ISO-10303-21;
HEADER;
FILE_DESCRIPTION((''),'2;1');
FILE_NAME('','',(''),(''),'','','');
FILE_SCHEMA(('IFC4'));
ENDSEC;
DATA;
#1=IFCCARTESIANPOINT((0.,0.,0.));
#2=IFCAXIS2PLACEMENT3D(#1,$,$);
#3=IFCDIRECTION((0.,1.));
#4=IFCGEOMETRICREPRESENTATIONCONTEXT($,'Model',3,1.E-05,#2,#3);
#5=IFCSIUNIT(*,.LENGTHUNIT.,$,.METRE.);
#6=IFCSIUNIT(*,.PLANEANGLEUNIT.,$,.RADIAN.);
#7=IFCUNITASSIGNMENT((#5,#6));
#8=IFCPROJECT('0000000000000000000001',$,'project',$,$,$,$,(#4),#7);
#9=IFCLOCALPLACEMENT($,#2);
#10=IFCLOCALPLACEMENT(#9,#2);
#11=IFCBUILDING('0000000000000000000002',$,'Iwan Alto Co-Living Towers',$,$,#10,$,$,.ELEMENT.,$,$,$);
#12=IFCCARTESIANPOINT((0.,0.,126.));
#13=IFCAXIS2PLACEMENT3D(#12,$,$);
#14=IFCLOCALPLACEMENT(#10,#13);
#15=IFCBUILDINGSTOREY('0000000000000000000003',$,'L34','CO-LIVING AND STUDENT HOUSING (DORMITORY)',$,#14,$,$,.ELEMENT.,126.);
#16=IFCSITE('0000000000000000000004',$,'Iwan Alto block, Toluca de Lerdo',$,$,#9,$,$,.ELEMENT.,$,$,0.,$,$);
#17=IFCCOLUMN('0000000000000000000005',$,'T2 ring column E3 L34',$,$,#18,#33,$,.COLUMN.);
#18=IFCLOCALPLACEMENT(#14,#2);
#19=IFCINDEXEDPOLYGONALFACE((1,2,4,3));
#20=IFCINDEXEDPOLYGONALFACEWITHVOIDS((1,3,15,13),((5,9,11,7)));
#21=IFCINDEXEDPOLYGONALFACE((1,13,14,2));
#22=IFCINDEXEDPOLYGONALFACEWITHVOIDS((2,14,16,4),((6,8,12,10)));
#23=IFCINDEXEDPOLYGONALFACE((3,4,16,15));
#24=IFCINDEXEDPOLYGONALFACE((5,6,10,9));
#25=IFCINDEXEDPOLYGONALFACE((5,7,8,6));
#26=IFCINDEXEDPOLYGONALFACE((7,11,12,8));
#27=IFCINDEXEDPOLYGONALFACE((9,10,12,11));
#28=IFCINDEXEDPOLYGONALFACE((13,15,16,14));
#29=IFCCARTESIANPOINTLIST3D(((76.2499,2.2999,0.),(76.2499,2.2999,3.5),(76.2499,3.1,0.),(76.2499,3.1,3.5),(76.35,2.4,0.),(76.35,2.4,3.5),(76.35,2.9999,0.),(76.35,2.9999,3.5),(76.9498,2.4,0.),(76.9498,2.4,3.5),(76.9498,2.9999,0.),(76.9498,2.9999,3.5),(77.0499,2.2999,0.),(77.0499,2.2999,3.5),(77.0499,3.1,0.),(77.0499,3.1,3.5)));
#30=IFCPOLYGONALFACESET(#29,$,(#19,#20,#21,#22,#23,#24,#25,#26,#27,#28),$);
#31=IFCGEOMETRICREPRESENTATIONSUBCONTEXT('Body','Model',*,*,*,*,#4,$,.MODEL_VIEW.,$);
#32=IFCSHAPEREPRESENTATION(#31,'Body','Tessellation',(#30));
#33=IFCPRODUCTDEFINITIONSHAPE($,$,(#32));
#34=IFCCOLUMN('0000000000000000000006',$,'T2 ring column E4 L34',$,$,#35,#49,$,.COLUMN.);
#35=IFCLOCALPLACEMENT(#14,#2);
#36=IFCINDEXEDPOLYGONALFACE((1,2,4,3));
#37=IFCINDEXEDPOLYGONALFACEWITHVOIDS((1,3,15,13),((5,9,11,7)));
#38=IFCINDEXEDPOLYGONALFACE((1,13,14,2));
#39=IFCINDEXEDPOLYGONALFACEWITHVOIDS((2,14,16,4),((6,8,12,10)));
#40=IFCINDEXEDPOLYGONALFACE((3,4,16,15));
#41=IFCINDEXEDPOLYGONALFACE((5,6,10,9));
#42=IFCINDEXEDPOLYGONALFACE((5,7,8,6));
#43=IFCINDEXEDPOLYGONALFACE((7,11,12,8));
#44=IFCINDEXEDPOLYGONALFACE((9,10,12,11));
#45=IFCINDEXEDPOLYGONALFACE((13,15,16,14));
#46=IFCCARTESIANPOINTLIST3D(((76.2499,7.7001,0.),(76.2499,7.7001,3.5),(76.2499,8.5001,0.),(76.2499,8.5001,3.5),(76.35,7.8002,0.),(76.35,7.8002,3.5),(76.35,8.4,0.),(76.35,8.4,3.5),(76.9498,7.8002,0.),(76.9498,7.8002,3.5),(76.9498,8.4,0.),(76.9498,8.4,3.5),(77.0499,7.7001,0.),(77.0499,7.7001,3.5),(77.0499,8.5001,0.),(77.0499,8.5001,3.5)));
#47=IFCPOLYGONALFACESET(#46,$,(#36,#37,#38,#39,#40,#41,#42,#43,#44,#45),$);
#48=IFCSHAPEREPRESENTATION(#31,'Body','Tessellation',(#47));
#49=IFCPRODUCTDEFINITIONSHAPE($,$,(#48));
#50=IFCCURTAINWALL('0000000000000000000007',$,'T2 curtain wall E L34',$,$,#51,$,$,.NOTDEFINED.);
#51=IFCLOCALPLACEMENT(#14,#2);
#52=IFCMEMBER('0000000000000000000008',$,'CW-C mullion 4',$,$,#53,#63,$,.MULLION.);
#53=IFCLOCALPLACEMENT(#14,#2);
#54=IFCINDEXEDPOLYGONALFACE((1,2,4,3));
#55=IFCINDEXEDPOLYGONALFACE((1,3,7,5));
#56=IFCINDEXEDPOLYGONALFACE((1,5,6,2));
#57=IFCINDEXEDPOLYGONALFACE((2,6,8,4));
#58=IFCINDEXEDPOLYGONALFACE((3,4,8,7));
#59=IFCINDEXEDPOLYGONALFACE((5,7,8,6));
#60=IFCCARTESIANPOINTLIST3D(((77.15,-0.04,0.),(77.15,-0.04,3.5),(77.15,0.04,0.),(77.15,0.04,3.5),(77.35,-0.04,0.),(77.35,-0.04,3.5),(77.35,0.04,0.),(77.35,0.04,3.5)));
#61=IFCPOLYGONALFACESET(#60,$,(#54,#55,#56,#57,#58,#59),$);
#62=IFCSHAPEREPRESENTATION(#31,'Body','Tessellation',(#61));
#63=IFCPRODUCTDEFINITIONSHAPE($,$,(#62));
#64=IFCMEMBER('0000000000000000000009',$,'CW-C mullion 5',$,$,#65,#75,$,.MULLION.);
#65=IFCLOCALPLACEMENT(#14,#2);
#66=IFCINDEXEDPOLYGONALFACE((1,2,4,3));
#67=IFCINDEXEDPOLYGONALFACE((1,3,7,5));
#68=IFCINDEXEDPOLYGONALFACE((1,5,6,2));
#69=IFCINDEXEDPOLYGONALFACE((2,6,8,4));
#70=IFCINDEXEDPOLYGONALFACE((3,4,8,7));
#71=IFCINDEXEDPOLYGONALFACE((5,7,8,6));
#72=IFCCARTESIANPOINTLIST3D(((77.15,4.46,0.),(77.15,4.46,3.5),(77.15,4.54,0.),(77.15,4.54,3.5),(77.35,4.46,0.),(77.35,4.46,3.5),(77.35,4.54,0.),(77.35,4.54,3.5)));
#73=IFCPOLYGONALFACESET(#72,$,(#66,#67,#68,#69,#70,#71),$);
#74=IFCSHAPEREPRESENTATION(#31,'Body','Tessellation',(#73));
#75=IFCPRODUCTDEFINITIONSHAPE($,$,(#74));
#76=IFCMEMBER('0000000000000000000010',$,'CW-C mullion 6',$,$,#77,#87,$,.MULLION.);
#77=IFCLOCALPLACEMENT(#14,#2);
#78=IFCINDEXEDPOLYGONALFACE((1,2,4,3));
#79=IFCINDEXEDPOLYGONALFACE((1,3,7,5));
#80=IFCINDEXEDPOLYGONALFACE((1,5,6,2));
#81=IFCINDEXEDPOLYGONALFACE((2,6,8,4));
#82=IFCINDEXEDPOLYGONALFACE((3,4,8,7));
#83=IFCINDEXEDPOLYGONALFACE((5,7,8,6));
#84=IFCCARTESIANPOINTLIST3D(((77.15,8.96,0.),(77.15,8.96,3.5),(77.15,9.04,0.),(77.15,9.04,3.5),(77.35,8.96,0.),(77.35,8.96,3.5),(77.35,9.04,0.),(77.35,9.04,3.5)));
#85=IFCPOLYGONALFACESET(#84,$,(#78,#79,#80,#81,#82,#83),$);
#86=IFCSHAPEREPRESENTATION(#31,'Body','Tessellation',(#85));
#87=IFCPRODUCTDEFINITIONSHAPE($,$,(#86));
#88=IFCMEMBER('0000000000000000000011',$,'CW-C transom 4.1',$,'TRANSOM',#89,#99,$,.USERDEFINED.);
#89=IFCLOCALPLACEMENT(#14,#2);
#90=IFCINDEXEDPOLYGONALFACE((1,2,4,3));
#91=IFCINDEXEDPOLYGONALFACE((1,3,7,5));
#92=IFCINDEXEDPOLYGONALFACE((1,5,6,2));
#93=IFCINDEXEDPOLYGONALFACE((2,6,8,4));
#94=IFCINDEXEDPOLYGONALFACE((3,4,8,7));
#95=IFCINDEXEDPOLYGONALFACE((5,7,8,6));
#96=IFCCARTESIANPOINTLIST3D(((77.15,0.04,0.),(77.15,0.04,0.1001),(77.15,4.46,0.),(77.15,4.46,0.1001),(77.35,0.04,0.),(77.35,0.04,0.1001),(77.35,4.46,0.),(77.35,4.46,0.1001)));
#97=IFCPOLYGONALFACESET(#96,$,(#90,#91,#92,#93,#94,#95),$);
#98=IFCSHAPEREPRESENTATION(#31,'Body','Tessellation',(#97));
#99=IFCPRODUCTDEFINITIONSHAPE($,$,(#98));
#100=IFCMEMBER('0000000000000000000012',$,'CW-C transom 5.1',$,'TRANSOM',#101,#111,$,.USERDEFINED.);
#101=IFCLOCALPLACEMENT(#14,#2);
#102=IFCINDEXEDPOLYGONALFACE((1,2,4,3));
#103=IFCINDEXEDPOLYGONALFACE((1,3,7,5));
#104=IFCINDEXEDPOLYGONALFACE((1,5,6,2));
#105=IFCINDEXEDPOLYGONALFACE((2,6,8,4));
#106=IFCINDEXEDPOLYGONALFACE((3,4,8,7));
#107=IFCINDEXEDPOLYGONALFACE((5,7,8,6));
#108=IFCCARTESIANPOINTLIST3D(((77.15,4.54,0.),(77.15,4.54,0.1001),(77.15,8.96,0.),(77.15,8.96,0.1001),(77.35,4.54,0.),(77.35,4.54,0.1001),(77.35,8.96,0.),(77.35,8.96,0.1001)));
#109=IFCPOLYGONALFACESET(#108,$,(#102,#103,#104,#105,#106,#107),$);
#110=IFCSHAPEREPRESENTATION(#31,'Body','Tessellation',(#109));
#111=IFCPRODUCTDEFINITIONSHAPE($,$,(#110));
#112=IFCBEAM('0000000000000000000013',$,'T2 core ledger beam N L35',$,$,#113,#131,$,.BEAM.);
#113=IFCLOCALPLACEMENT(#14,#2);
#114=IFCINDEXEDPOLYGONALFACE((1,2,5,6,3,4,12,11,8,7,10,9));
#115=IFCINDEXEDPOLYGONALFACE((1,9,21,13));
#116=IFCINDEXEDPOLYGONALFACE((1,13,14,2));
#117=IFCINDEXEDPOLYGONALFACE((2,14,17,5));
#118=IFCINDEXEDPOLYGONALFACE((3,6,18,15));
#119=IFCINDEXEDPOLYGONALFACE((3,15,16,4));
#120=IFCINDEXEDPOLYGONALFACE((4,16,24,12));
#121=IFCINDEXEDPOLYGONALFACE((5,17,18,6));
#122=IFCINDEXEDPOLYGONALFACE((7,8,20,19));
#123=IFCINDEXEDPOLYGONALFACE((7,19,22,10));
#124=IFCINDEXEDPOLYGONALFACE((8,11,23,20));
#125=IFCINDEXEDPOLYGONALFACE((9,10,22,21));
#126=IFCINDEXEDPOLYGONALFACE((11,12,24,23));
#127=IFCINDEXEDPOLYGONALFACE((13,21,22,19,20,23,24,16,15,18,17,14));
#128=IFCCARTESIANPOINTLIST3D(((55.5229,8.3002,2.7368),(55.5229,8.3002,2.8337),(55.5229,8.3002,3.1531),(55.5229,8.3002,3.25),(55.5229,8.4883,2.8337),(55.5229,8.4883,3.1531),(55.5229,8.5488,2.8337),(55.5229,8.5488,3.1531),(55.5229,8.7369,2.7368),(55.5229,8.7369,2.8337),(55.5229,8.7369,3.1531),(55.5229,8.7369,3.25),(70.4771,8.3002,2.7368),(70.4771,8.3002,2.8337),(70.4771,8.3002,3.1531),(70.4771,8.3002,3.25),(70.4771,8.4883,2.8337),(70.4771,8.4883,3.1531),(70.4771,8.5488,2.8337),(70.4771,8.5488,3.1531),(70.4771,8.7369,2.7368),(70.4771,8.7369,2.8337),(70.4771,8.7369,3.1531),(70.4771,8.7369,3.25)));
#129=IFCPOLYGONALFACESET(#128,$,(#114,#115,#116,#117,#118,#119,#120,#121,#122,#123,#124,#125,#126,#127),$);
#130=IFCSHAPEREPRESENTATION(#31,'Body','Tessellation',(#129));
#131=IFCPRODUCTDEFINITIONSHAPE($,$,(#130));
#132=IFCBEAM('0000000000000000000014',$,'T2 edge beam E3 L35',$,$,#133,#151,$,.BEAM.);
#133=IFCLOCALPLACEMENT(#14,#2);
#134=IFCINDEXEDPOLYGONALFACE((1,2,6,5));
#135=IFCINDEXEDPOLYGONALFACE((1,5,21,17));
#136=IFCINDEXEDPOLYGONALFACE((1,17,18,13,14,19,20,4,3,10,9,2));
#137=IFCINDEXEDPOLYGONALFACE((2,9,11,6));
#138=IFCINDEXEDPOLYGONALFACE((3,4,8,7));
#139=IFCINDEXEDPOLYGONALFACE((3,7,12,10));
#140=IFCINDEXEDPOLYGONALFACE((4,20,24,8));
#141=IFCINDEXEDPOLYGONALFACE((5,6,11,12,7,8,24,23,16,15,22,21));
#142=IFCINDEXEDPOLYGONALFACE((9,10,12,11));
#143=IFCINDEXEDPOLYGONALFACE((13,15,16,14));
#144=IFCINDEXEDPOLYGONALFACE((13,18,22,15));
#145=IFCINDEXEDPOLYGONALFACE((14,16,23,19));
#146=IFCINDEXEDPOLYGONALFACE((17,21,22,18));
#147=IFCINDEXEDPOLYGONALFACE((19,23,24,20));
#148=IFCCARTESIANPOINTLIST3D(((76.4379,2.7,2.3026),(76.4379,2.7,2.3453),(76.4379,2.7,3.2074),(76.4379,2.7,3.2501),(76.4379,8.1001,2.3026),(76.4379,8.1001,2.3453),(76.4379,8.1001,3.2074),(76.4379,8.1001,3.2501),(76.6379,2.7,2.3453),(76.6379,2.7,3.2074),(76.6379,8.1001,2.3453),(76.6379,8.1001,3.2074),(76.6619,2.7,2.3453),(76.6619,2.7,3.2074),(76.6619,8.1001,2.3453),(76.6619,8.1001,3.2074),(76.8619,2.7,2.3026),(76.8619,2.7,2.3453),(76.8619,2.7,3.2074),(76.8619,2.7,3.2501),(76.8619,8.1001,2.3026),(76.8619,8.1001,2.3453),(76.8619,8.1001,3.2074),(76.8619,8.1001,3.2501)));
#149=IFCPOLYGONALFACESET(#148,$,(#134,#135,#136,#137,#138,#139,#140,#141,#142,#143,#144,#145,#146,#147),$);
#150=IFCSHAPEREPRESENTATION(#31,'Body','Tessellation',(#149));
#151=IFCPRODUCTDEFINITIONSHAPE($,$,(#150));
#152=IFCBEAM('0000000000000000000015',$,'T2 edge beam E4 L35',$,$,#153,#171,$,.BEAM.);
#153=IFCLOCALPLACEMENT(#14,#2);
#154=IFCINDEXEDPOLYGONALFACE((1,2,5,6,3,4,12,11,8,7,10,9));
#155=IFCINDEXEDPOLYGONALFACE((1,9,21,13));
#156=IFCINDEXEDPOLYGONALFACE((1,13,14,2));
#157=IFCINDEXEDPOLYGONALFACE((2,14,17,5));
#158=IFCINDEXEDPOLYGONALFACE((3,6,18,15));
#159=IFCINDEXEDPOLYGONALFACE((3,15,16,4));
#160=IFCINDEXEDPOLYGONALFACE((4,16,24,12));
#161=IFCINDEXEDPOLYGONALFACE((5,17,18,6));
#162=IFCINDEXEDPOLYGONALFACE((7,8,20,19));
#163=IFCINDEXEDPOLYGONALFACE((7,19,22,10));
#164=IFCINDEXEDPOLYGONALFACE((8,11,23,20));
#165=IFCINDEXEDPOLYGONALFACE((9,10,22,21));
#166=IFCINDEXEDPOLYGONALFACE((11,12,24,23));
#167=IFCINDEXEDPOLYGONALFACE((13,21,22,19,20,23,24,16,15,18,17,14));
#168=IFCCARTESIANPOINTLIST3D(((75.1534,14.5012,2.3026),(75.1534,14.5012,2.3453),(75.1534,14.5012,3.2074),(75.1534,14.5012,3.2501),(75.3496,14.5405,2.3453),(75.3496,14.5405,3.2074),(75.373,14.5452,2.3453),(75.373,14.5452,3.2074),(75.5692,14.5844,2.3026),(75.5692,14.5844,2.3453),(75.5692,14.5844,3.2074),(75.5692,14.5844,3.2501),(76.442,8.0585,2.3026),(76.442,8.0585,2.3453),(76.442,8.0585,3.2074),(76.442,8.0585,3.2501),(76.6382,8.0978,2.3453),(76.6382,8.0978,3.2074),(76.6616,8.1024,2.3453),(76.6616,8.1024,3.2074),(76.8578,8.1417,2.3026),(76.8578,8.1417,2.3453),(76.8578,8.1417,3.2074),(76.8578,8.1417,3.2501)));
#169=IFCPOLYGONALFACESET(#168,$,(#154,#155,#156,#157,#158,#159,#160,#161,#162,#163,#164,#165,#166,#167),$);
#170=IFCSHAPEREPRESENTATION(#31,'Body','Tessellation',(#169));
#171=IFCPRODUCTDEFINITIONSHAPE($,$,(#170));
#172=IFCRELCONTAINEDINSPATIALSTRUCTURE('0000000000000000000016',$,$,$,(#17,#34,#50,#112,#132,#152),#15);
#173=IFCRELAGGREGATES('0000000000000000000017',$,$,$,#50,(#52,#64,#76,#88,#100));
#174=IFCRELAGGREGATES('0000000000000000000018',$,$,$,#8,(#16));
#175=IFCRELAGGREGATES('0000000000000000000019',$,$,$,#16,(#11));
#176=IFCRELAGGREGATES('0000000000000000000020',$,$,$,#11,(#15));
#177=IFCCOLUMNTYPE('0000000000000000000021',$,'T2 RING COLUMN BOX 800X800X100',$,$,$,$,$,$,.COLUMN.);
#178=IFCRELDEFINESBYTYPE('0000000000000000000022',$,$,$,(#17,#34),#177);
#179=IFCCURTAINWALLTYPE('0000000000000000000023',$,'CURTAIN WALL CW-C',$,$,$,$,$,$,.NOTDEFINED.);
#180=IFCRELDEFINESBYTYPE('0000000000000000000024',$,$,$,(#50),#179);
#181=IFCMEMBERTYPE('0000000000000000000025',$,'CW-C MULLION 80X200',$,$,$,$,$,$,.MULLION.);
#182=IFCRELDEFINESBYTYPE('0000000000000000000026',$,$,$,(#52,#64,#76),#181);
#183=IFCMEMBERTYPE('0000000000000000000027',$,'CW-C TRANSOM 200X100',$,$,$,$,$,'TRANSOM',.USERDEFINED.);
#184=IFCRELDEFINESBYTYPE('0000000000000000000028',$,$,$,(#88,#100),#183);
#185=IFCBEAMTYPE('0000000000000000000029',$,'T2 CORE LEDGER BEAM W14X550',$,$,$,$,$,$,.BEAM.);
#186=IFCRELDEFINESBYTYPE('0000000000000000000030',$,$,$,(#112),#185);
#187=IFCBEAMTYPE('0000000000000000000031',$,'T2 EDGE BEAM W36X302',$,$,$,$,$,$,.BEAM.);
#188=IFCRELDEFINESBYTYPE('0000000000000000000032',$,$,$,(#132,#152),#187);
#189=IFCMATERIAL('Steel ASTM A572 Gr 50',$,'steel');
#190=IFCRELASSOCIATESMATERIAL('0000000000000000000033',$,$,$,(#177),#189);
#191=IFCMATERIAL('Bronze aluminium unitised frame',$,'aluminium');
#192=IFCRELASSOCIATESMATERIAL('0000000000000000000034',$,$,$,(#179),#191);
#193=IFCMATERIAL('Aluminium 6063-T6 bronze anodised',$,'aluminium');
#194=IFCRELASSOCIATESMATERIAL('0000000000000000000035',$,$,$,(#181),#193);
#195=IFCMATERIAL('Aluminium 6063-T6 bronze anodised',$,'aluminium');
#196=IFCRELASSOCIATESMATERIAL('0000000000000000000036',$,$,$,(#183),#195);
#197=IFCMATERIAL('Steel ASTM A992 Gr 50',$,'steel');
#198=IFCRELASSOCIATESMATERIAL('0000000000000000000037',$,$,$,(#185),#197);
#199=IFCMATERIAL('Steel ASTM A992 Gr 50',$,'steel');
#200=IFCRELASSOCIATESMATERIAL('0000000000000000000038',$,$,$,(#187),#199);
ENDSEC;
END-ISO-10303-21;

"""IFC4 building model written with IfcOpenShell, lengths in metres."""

from ifc_helpers import new_model, si_unit, direction, frame, origin, origin_2d, place, context, subcontext, project, spatial, rectangle, hollow_rectangle, i_section, extrude, material, material_profile, profile_set, type_object, element, aggregate, save


model = new_model("IFC4")

# Units and contexts
model_context = context("Model", 3, precision=1e-05, world=origin(), true_north=direction((0.0, 1.0)))
body_context = subcontext(model_context, "Body", "Model", "MODEL_VIEW")
ifc_project = project(units=[si_unit("LENGTHUNIT", "METRE"), si_unit("PLANEANGLEUNIT", "RADIAN")], contexts=[model_context])

# Site, building, storey
site_placement = place(None, origin())
site = spatial("IfcSite", under=ifc_project, at=site_placement, Name="Iwan Alto block, Toluca de Lerdo", CompositionType="ELEMENT", RefElevation=0.0)
building_placement = place(site_placement, origin())
building = spatial("IfcBuilding", under=site, at=building_placement, Name="Iwan Alto Co-Living Towers", CompositionType="ELEMENT")
storey_placement = place(building_placement, frame((0.0, 0.0, 126.0)))
storey = spatial("IfcBuildingStorey", under=building, at=storey_placement, Name="L34", Description="CO-LIVING AND STUDENT HOUSING (DORMITORY)", CompositionType="ELEMENT", Elevation=126.0)

# Columns
ifc_material_1 = material(Name="Steel ASTM A572 Gr 50", Category="steel")
ifc_material_profile_1 = material_profile(ifc_material_1, hollow_rectangle(XDim=0.8, YDim=0.8, WallThickness=0.1001, at=origin_2d()), Name="BOX 800X800X100")
ifc_profile_set_1 = profile_set([ifc_material_profile_1], Name="Steel ASTM A572 Gr 50")
column_type = type_object("IfcColumnType", Name="T2 RING COLUMN BOX 800X800X100", PredefinedType="COLUMN", material=ifc_profile_set_1)
for number, where, z_axis, x_axis, name in (
    (1, (76.6499, 2.7, 0.0), (0.0, 0.0, 1.0), (1.0, 0.0, 0.0), "T2 ring column E3 L34"),
    (2, (76.6499, 8.1001, 0.0), (0.0, 0.0, 1.0), (1.0, 0.0, 0.0), "T2 ring column E4 L34"),
):
    element("IfcColumn", number, at=place(storey_placement, frame(where, z_axis=z_axis, x_axis=x_axis)), inside=storey, type_object=column_type, Name=name, PredefinedType="COLUMN", context=body_context, shape_type="SweptSolid", body=[
        extrude(hollow_rectangle(XDim=0.8, YDim=0.8, WallThickness=0.1001, at=origin_2d()), origin(), (0.0, 0.0, 1.0), 3.5),
    ])

# Curtain wall, members
ifc_material_2 = material(Name="Bronze aluminium unitised frame", Category="aluminium")
curtain_wall_type = type_object("IfcCurtainWallType", Name="CURTAIN WALL CW-C", PredefinedType="NOTDEFINED", material=ifc_material_2)
curtain_wall_placement = place(storey_placement, origin())
curtain_wall = element("IfcCurtainWall", 3, at=curtain_wall_placement, inside=storey, type_object=curtain_wall_type, Name="T2 curtain wall E L34", PredefinedType="NOTDEFINED")
ifc_material_3 = material(Name="Aluminium 6063-T6 bronze anodised", Category="aluminium")
ifc_material_profile_2 = material_profile(ifc_material_3, rectangle(XDim=0.2, YDim=0.0801, at=origin_2d()), Name="AL 80X200")
ifc_profile_set_2 = profile_set([ifc_material_profile_2], Name="Aluminium 6063-T6 bronze anodised")
member_type_1 = type_object("IfcMemberType", Name="CW-C MULLION 80X200", PredefinedType="MULLION", material=ifc_profile_set_2)
member_1_placement = place(storey_placement, frame((77.25, 0.0, 0.0), z_axis=(0.0, 0.0, 1.0), x_axis=(-1.0, 0.0, 0.0)))
member_1 = element("IfcMember", 4, at=member_1_placement, type_object=member_type_1, Name="CW-C mullion 4", PredefinedType="MULLION", context=body_context, shape_type="SweptSolid", body=[
    extrude(rectangle(XDim=0.2, YDim=0.0801, at=origin_2d()), origin(), (0.0, 0.0, 1.0), 3.5),
])
member_2_placement = place(storey_placement, frame((77.25, 4.5, 0.0), z_axis=(0.0, 0.0, 1.0), x_axis=(-1.0, 0.0, 0.0)))
member_2 = element("IfcMember", 5, at=member_2_placement, type_object=member_type_1, Name="CW-C mullion 5", PredefinedType="MULLION", context=body_context, shape_type="SweptSolid", body=[
    extrude(rectangle(XDim=0.2, YDim=0.0801, at=origin_2d()), origin(), (0.0, 0.0, 1.0), 3.5),
])
member_3_placement = place(storey_placement, frame((77.25, 9.0, 0.0), z_axis=(0.0, 0.0, 1.0), x_axis=(-1.0, 0.0, 0.0)))
member_3 = element("IfcMember", 6, at=member_3_placement, type_object=member_type_1, Name="CW-C mullion 6", PredefinedType="MULLION", context=body_context, shape_type="SweptSolid", body=[
    extrude(rectangle(XDim=0.2, YDim=0.0801, at=origin_2d()), origin(), (0.0, 0.0, 1.0), 3.5),
])
ifc_material_4 = material(Name="Aluminium 6063-T6 bronze anodised", Category="aluminium")
ifc_material_profile_3 = material_profile(ifc_material_4, rectangle(XDim=0.2, YDim=0.1001, at=origin_2d()), Name="AL 200X100")
ifc_profile_set_3 = profile_set([ifc_material_profile_3], Name="Aluminium 6063-T6 bronze anodised")
member_type_2 = type_object("IfcMemberType", Name="CW-C TRANSOM 200X100", ElementType="TRANSOM", PredefinedType="USERDEFINED", material=ifc_profile_set_3)
member_4_placement = place(storey_placement, frame((77.25, 0.04, 0.05), z_axis=(0.0, 1.0, 0.0), x_axis=(-1.0, 0.0, 0.0)))
member_4 = element("IfcMember", 7, at=member_4_placement, type_object=member_type_2, Name="CW-C transom 4.1", ObjectType="TRANSOM", PredefinedType="USERDEFINED", context=body_context, shape_type="SweptSolid", body=[
    extrude(rectangle(XDim=0.2, YDim=0.1001, at=origin_2d()), origin(), (0.0, 0.0, 1.0), 4.4199),
])
member_5_placement = place(storey_placement, frame((77.25, 4.54, 0.05), z_axis=(0.0, 1.0, 0.0), x_axis=(-1.0, 0.0, 0.0)))
member_5 = element("IfcMember", 8, at=member_5_placement, type_object=member_type_2, Name="CW-C transom 5.1", ObjectType="TRANSOM", PredefinedType="USERDEFINED", context=body_context, shape_type="SweptSolid", body=[
    extrude(rectangle(XDim=0.2, YDim=0.1001, at=origin_2d()), origin(), (0.0, 0.0, 1.0), 4.4199),
])

# Beams
ifc_material_5 = material(Name="Steel ASTM A992 Gr 50", Category="steel")
ifc_material_profile_4 = material_profile(ifc_material_5, i_section(OverallWidth=0.4368, OverallDepth=0.5132, WebThickness=0.0605, FlangeThickness=0.0969, at=origin_2d()), Name="W14X550")
ifc_profile_set_4 = profile_set([ifc_material_profile_4], Name="Steel ASTM A992 Gr 50")
beam_type_1 = type_object("IfcBeamType", Name="T2 CORE LEDGER BEAM W14X550", PredefinedType="BEAM", material=ifc_profile_set_4)
beam_1_placement = place(storey_placement, frame((70.4771, 8.5186, 2.9934), z_axis=(-1.0, 0.0, 0.0), x_axis=(0.0, -1.0, 0.0)))
element("IfcBeam", 9, at=beam_1_placement, inside=storey, type_object=beam_type_1, Name="T2 core ledger beam N L35", PredefinedType="BEAM", context=body_context, shape_type="SweptSolid", body=[
    extrude(i_section(OverallWidth=0.4368, OverallDepth=0.5132, WebThickness=0.0605, FlangeThickness=0.0969, at=origin_2d()), origin(), (0.0, 0.0, 1.0), 14.9541),
])
ifc_material_6 = material(Name="Steel ASTM A992 Gr 50", Category="steel")
ifc_material_profile_5 = material_profile(ifc_material_6, i_section(OverallWidth=0.4241, OverallDepth=0.9475, WebThickness=0.0239, FlangeThickness=0.0427, at=origin_2d()), Name="W36X302")
ifc_profile_set_5 = profile_set([ifc_material_profile_5], Name="Steel ASTM A992 Gr 50")
beam_type_2 = type_object("IfcBeamType", Name="T2 EDGE BEAM W36X302", PredefinedType="BEAM", material=ifc_profile_set_5)
beam_2_placement = place(storey_placement, frame((76.6499, 2.7, 2.7764), z_axis=(0.0, 1.0, 0.0), x_axis=(-1.0, 0.0, 0.0)))
element("IfcBeam", 10, at=beam_2_placement, inside=storey, type_object=beam_type_2, Name="T2 edge beam E3 L35", PredefinedType="BEAM", context=body_context, shape_type="SweptSolid", body=[
    extrude(i_section(OverallWidth=0.4241, OverallDepth=0.9475, WebThickness=0.0239, FlangeThickness=0.0427, at=origin_2d()), origin(), (0.0, 0.0, 1.0), 5.4001),
])
beam_3_placement = place(storey_placement, frame((76.6499, 8.1001, 2.7764), z_axis=(-0.196123, 0.980579, 0.0), x_axis=(-0.980579, -0.196123, 0.0)))
element("IfcBeam", 11, at=beam_3_placement, inside=storey, type_object=beam_type_2, Name="T2 edge beam E4 L35", PredefinedType="BEAM", context=body_context, shape_type="SweptSolid", body=[
    extrude(i_section(OverallWidth=0.4241, OverallDepth=0.9475, WebThickness=0.0239, FlangeThickness=0.0427, at=origin_2d()), origin(), (0.0, 0.0, 1.0), 6.5703),
])

aggregate(curtain_wall, [member_1, member_2, member_3, member_4, member_5])

save(model, "model.ifc")
